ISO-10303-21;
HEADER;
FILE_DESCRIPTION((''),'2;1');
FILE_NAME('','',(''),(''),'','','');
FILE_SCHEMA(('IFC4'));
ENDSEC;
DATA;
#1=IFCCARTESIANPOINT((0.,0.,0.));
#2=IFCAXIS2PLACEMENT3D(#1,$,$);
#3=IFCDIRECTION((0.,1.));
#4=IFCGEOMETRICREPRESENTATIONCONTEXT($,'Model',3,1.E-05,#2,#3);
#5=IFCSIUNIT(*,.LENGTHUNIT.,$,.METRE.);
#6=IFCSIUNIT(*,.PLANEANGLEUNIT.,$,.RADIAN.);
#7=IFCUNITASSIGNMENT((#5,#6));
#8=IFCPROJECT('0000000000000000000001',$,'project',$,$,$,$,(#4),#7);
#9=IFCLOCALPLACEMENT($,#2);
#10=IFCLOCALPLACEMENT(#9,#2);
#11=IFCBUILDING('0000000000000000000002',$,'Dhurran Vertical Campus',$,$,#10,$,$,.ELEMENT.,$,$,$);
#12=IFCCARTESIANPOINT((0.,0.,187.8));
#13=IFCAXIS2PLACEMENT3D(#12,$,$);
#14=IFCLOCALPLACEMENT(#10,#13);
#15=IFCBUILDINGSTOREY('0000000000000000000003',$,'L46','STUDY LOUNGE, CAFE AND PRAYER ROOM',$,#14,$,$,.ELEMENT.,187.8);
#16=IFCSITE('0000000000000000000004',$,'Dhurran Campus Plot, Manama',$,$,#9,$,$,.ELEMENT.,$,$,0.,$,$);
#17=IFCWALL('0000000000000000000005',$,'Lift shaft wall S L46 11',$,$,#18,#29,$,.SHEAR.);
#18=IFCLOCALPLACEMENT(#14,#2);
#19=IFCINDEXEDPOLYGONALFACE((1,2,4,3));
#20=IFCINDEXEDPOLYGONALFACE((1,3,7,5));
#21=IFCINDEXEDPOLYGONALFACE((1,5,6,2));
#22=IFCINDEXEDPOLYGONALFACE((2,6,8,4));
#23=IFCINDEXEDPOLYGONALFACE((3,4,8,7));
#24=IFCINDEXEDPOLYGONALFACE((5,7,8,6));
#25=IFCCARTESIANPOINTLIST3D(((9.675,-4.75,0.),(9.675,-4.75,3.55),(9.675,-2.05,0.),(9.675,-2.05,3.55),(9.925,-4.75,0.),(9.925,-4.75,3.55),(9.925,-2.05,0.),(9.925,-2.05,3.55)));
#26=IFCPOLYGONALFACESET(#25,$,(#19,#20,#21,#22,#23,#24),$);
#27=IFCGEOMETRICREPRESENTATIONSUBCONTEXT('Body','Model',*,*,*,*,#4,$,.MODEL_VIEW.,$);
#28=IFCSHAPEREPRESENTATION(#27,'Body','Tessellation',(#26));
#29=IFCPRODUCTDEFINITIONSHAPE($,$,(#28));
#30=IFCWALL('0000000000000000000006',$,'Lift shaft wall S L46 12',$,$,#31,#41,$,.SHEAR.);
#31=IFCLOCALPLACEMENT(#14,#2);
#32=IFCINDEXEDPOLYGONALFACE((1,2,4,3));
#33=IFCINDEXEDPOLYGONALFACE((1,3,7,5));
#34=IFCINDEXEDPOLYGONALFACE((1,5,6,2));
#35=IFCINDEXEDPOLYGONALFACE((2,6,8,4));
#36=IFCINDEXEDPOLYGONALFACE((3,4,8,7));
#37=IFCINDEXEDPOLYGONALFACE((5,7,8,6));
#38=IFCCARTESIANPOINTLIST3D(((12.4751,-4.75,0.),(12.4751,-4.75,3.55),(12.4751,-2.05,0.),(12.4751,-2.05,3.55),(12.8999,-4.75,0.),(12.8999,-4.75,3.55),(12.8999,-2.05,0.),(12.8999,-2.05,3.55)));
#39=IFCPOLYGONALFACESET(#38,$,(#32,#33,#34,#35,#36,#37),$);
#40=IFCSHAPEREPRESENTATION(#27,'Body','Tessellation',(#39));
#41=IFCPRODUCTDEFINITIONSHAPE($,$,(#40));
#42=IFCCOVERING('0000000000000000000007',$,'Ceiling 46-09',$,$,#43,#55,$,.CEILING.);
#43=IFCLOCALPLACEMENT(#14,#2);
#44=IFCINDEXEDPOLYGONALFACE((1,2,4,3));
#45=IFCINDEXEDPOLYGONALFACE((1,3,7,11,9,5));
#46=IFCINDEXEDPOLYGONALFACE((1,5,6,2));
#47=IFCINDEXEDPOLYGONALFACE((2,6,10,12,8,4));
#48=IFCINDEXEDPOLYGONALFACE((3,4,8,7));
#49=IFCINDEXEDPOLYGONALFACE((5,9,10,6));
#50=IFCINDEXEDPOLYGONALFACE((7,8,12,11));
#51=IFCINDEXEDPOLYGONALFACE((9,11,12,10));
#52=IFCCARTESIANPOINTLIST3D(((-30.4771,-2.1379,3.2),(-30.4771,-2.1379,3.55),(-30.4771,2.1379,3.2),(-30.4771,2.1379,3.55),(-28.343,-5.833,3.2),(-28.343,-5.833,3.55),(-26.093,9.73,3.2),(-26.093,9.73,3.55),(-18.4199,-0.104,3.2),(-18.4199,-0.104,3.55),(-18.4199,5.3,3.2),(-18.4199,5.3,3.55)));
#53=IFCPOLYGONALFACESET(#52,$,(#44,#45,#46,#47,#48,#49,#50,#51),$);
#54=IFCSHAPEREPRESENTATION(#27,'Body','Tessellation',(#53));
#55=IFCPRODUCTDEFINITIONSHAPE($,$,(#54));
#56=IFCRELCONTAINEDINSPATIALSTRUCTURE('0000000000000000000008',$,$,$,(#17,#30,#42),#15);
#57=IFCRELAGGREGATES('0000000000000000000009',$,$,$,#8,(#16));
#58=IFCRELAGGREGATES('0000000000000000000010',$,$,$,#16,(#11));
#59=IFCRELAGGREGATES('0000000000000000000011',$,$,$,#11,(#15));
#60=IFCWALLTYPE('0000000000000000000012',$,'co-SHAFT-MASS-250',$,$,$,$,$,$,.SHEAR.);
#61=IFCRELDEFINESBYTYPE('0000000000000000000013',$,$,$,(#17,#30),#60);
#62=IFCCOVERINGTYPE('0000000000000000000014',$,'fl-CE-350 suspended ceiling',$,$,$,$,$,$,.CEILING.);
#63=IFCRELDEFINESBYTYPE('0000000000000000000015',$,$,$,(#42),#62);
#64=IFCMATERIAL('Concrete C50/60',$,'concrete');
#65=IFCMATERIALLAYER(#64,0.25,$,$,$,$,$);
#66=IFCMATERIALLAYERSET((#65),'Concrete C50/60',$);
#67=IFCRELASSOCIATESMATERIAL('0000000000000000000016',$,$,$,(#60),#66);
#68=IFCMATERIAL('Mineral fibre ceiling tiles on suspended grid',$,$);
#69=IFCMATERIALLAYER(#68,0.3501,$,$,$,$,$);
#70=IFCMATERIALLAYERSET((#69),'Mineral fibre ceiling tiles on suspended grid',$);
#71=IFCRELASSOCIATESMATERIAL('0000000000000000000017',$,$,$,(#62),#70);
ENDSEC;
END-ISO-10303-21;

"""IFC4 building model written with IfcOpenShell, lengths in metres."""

from ifc_helpers import new_model, si_unit, direction, frame, origin, place, context, subcontext, project, spatial, polyline, outline, extrude, material, layer, layer_set, type_object, element, save


model = new_model("IFC4")

# Units and contexts
model_context = context("Model", 3, precision=1e-05, world=origin(), true_north=direction((0.0, 1.0)))
body_context = subcontext(model_context, "Body", "Model", "MODEL_VIEW")
ifc_project = project(units=[si_unit("LENGTHUNIT", "METRE"), si_unit("PLANEANGLEUNIT", "RADIAN")], contexts=[model_context])

# Site, building, storey
site_placement = place(None, origin())
site = spatial("IfcSite", under=ifc_project, at=site_placement, Name="Dhurran Campus Plot, Manama", CompositionType="ELEMENT", RefElevation=0.0)
building_placement = place(site_placement, origin())
building = spatial("IfcBuilding", under=site, at=building_placement, Name="Dhurran Vertical Campus", CompositionType="ELEMENT")
storey_placement = place(building_placement, frame((0.0, 0.0, 187.8)))
storey = spatial("IfcBuildingStorey", under=building, at=storey_placement, Name="L46", Description="STUDY LOUNGE, CAFE AND PRAYER ROOM", CompositionType="ELEMENT", Elevation=187.8)

# Walls
ifc_material_1 = material(Name="Concrete C50/60", Category="concrete")
ifc_layer_1 = layer(ifc_material_1, 0.25)
ifc_layer_set_1 = layer_set([ifc_layer_1], Name="Concrete C50/60")
wall_type_1 = type_object("IfcWallType", Name="co-SHAFT-MASS-250", PredefinedType="SHEAR", material=ifc_layer_set_1)
wall_1_placement = place(storey_placement, origin())
element("IfcWall", 1, at=wall_1_placement, inside=storey, type_object=wall_type_1, Name="Lift shaft wall S L46 11", PredefinedType="SHEAR", context=body_context, shape_type="SweptSolid", body=[
    extrude(outline(polyline([(9.675, -4.75), (9.925, -4.75), (9.925, -2.05), (9.675, -2.05), (9.675, -4.75)])), origin(), (0.0, 0.0, 1.0), 3.55),
])
wall_2_placement = place(storey_placement, origin())
element("IfcWall", 2, at=wall_2_placement, inside=storey, type_object=wall_type_1, Name="Lift shaft wall S L46 12", PredefinedType="SHEAR", context=body_context, shape_type="SweptSolid", body=[
    extrude(outline(polyline([(12.4751, -4.75), (12.8999, -4.75), (12.8999, -2.05), (12.4751, -2.05), (12.4751, -4.75)])), origin(), (0.0, 0.0, 1.0), 3.55),
])

# Covering
ifc_material_2 = material(Name="Mineral fibre ceiling tiles on suspended grid")
ifc_layer_2 = layer(ifc_material_2, 0.3501)
ifc_layer_set_2 = layer_set([ifc_layer_2], Name="Mineral fibre ceiling tiles on suspended grid")
covering_type = type_object("IfcCoveringType", Name="fl-CE-350 suspended ceiling", PredefinedType="CEILING", material=ifc_layer_set_2)
covering_placement = place(storey_placement, frame((0.0, 0.0, 3.2)))
element("IfcCovering", 3, at=covering_placement, inside=storey, type_object=covering_type, Name="Ceiling 46-09", PredefinedType="CEILING", context=body_context, shape_type="SweptSolid", body=[
    extrude(outline(polyline([(-28.343, -5.833), (-30.4771, -2.1379), (-30.4771, 2.1379), (-26.093, 9.73), (-18.4199, 5.3), (-18.4199, -0.104), (-28.343, -5.833)])), origin(), (0.0, 0.0, 1.0), 0.3501),
])

save(model, "model.ifc")
